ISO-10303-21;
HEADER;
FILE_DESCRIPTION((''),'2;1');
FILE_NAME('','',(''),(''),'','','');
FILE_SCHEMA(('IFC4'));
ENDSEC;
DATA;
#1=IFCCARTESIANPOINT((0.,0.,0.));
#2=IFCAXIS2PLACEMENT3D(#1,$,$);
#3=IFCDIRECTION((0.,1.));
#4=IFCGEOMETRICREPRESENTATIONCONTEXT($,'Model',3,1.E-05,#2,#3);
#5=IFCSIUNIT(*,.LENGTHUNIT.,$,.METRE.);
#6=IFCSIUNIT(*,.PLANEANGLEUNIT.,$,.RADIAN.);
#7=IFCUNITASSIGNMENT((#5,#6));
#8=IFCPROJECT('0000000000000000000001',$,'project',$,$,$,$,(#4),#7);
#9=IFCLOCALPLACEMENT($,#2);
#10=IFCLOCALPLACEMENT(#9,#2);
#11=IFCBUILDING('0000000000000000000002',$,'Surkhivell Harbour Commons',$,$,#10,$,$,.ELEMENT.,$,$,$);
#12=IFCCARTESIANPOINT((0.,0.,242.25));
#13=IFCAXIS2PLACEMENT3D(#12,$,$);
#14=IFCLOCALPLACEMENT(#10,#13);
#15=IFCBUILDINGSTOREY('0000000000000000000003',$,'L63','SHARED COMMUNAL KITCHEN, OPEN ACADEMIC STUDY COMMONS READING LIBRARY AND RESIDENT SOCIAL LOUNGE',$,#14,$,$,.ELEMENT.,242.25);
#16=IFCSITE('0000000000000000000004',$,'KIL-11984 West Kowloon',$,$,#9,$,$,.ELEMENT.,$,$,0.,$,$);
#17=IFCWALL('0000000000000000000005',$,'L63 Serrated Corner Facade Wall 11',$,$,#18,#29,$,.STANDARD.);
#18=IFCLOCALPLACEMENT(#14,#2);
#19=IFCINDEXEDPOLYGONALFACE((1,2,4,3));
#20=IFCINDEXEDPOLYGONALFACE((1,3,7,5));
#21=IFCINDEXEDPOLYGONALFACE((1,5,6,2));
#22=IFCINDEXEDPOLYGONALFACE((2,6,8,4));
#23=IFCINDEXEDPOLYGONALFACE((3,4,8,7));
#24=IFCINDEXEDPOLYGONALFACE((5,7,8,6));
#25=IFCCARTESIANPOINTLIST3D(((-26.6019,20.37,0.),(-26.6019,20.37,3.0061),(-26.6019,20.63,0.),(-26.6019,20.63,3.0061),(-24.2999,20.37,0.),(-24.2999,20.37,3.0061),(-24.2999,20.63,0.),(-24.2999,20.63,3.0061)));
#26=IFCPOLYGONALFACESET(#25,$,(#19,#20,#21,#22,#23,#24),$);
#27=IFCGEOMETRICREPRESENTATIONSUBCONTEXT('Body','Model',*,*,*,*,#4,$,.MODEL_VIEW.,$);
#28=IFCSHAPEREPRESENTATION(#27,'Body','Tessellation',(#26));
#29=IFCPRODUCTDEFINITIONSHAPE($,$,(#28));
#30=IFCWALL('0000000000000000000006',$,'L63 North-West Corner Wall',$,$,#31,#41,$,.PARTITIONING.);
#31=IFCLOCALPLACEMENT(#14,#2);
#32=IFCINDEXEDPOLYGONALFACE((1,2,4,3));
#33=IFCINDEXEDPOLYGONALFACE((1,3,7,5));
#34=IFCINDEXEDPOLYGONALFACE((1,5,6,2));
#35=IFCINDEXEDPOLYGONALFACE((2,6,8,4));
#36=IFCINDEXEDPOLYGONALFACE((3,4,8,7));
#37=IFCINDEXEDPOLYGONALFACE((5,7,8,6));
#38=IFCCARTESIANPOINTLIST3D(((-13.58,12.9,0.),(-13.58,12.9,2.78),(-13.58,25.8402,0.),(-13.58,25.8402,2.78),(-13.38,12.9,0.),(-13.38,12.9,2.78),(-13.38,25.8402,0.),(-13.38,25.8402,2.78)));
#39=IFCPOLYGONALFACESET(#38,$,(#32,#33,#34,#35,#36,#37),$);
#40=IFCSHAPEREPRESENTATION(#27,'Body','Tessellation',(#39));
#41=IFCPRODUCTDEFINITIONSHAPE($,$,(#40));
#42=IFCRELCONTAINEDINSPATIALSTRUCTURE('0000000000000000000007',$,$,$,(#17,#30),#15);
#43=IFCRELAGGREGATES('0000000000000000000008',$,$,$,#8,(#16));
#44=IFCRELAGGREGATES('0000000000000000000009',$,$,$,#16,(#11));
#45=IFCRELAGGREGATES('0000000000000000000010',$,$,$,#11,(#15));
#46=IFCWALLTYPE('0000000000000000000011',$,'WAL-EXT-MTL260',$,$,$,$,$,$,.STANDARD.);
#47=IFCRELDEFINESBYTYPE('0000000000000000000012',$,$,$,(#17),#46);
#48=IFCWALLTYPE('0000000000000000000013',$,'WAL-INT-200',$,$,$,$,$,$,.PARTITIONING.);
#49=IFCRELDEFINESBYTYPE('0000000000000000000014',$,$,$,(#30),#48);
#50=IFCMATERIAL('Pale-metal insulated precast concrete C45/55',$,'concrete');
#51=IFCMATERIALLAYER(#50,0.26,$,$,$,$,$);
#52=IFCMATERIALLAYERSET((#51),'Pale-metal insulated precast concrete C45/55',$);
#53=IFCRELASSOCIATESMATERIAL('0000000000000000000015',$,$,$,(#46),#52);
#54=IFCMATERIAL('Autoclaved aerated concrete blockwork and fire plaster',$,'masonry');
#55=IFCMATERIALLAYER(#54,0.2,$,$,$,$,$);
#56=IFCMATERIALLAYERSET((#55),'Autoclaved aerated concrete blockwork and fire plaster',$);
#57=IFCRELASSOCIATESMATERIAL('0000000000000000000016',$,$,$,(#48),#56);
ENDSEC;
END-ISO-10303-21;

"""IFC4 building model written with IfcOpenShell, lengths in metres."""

from ifc_helpers import new_model, si_unit, direction, frame, frame_2d, origin, place, context, subcontext, project, spatial, rectangle, extrude, material, layer, layer_set, type_object, element, save


model = new_model("IFC4")

# Units and contexts
model_context = context("Model", 3, precision=1e-05, world=origin(), true_north=direction((0.0, 1.0)))
body_context = subcontext(model_context, "Body", "Model", "MODEL_VIEW")
ifc_project = project(units=[si_unit("LENGTHUNIT", "METRE"), si_unit("PLANEANGLEUNIT", "RADIAN")], contexts=[model_context])

# Site, building, storey
site_placement = place(None, origin())
site = spatial("IfcSite", under=ifc_project, at=site_placement, Name="KIL-11984 West Kowloon", CompositionType="ELEMENT", RefElevation=0.0)
building_placement = place(site_placement, origin())
building = spatial("IfcBuilding", under=site, at=building_placement, Name="Surkhivell Harbour Commons", CompositionType="ELEMENT")
storey_placement = place(building_placement, frame((0.0, 0.0, 242.25)))
storey = spatial("IfcBuildingStorey", under=building, at=storey_placement, Name="L63", Description="SHARED COMMUNAL KITCHEN, OPEN ACADEMIC STUDY COMMONS READING LIBRARY AND RESIDENT SOCIAL LOUNGE", CompositionType="ELEMENT", Elevation=242.25)

# Shared definitions
ifc_material_1 = material(Name="Pale-metal insulated precast concrete C45/55", Category="concrete")
ifc_layer_1 = layer(ifc_material_1, 0.26)
ifc_layer_set_1 = layer_set([ifc_layer_1], Name="Pale-metal insulated precast concrete C45/55")
wall_type_1 = type_object("IfcWallType", Name="WAL-EXT-MTL260", PredefinedType="STANDARD", material=ifc_layer_set_1)

# Walls
wall_1_placement = place(storey_placement, frame((-24.3, 20.5, 0.0), z_axis=(0.0, 0.0, 1.0), x_axis=(-1.0, 0.0, 0.0)))
element("IfcWall", 1, at=wall_1_placement, inside=storey, type_object=wall_type_1, Name="L63 Serrated Corner Facade Wall 11", PredefinedType="STANDARD", context=body_context, shape_type="SweptSolid", body=[
    extrude(rectangle(XDim=2.302, YDim=0.26, at=frame_2d((1.1509, 0.0))), origin(), (0.0, 0.0, 1.0), 3.0061),
])
ifc_material_2 = material(Name="Autoclaved aerated concrete blockwork and fire plaster", Category="masonry")
ifc_layer_2 = layer(ifc_material_2, 0.2)
ifc_layer_set_2 = layer_set([ifc_layer_2], Name="Autoclaved aerated concrete blockwork and fire plaster")
wall_type_2 = type_object("IfcWallType", Name="WAL-INT-200", PredefinedType="PARTITIONING", material=ifc_layer_set_2)
wall_2_placement = place(storey_placement, frame((-13.48, 12.8999, 0.0), z_axis=(0.0, 0.0, 1.0), x_axis=(0.0, 1.0, 0.0)))
element("IfcWall", 2, at=wall_2_placement, inside=storey, type_object=wall_type_2, Name="L63 North-West Corner Wall", PredefinedType="PARTITIONING", context=body_context, shape_type="SweptSolid", body=[
    extrude(rectangle(XDim=12.9402, YDim=0.2, at=frame_2d((6.4702, 0.0))), origin(), (0.0, 0.0, 1.0), 2.78),
])

save(model, "model.ifc")
